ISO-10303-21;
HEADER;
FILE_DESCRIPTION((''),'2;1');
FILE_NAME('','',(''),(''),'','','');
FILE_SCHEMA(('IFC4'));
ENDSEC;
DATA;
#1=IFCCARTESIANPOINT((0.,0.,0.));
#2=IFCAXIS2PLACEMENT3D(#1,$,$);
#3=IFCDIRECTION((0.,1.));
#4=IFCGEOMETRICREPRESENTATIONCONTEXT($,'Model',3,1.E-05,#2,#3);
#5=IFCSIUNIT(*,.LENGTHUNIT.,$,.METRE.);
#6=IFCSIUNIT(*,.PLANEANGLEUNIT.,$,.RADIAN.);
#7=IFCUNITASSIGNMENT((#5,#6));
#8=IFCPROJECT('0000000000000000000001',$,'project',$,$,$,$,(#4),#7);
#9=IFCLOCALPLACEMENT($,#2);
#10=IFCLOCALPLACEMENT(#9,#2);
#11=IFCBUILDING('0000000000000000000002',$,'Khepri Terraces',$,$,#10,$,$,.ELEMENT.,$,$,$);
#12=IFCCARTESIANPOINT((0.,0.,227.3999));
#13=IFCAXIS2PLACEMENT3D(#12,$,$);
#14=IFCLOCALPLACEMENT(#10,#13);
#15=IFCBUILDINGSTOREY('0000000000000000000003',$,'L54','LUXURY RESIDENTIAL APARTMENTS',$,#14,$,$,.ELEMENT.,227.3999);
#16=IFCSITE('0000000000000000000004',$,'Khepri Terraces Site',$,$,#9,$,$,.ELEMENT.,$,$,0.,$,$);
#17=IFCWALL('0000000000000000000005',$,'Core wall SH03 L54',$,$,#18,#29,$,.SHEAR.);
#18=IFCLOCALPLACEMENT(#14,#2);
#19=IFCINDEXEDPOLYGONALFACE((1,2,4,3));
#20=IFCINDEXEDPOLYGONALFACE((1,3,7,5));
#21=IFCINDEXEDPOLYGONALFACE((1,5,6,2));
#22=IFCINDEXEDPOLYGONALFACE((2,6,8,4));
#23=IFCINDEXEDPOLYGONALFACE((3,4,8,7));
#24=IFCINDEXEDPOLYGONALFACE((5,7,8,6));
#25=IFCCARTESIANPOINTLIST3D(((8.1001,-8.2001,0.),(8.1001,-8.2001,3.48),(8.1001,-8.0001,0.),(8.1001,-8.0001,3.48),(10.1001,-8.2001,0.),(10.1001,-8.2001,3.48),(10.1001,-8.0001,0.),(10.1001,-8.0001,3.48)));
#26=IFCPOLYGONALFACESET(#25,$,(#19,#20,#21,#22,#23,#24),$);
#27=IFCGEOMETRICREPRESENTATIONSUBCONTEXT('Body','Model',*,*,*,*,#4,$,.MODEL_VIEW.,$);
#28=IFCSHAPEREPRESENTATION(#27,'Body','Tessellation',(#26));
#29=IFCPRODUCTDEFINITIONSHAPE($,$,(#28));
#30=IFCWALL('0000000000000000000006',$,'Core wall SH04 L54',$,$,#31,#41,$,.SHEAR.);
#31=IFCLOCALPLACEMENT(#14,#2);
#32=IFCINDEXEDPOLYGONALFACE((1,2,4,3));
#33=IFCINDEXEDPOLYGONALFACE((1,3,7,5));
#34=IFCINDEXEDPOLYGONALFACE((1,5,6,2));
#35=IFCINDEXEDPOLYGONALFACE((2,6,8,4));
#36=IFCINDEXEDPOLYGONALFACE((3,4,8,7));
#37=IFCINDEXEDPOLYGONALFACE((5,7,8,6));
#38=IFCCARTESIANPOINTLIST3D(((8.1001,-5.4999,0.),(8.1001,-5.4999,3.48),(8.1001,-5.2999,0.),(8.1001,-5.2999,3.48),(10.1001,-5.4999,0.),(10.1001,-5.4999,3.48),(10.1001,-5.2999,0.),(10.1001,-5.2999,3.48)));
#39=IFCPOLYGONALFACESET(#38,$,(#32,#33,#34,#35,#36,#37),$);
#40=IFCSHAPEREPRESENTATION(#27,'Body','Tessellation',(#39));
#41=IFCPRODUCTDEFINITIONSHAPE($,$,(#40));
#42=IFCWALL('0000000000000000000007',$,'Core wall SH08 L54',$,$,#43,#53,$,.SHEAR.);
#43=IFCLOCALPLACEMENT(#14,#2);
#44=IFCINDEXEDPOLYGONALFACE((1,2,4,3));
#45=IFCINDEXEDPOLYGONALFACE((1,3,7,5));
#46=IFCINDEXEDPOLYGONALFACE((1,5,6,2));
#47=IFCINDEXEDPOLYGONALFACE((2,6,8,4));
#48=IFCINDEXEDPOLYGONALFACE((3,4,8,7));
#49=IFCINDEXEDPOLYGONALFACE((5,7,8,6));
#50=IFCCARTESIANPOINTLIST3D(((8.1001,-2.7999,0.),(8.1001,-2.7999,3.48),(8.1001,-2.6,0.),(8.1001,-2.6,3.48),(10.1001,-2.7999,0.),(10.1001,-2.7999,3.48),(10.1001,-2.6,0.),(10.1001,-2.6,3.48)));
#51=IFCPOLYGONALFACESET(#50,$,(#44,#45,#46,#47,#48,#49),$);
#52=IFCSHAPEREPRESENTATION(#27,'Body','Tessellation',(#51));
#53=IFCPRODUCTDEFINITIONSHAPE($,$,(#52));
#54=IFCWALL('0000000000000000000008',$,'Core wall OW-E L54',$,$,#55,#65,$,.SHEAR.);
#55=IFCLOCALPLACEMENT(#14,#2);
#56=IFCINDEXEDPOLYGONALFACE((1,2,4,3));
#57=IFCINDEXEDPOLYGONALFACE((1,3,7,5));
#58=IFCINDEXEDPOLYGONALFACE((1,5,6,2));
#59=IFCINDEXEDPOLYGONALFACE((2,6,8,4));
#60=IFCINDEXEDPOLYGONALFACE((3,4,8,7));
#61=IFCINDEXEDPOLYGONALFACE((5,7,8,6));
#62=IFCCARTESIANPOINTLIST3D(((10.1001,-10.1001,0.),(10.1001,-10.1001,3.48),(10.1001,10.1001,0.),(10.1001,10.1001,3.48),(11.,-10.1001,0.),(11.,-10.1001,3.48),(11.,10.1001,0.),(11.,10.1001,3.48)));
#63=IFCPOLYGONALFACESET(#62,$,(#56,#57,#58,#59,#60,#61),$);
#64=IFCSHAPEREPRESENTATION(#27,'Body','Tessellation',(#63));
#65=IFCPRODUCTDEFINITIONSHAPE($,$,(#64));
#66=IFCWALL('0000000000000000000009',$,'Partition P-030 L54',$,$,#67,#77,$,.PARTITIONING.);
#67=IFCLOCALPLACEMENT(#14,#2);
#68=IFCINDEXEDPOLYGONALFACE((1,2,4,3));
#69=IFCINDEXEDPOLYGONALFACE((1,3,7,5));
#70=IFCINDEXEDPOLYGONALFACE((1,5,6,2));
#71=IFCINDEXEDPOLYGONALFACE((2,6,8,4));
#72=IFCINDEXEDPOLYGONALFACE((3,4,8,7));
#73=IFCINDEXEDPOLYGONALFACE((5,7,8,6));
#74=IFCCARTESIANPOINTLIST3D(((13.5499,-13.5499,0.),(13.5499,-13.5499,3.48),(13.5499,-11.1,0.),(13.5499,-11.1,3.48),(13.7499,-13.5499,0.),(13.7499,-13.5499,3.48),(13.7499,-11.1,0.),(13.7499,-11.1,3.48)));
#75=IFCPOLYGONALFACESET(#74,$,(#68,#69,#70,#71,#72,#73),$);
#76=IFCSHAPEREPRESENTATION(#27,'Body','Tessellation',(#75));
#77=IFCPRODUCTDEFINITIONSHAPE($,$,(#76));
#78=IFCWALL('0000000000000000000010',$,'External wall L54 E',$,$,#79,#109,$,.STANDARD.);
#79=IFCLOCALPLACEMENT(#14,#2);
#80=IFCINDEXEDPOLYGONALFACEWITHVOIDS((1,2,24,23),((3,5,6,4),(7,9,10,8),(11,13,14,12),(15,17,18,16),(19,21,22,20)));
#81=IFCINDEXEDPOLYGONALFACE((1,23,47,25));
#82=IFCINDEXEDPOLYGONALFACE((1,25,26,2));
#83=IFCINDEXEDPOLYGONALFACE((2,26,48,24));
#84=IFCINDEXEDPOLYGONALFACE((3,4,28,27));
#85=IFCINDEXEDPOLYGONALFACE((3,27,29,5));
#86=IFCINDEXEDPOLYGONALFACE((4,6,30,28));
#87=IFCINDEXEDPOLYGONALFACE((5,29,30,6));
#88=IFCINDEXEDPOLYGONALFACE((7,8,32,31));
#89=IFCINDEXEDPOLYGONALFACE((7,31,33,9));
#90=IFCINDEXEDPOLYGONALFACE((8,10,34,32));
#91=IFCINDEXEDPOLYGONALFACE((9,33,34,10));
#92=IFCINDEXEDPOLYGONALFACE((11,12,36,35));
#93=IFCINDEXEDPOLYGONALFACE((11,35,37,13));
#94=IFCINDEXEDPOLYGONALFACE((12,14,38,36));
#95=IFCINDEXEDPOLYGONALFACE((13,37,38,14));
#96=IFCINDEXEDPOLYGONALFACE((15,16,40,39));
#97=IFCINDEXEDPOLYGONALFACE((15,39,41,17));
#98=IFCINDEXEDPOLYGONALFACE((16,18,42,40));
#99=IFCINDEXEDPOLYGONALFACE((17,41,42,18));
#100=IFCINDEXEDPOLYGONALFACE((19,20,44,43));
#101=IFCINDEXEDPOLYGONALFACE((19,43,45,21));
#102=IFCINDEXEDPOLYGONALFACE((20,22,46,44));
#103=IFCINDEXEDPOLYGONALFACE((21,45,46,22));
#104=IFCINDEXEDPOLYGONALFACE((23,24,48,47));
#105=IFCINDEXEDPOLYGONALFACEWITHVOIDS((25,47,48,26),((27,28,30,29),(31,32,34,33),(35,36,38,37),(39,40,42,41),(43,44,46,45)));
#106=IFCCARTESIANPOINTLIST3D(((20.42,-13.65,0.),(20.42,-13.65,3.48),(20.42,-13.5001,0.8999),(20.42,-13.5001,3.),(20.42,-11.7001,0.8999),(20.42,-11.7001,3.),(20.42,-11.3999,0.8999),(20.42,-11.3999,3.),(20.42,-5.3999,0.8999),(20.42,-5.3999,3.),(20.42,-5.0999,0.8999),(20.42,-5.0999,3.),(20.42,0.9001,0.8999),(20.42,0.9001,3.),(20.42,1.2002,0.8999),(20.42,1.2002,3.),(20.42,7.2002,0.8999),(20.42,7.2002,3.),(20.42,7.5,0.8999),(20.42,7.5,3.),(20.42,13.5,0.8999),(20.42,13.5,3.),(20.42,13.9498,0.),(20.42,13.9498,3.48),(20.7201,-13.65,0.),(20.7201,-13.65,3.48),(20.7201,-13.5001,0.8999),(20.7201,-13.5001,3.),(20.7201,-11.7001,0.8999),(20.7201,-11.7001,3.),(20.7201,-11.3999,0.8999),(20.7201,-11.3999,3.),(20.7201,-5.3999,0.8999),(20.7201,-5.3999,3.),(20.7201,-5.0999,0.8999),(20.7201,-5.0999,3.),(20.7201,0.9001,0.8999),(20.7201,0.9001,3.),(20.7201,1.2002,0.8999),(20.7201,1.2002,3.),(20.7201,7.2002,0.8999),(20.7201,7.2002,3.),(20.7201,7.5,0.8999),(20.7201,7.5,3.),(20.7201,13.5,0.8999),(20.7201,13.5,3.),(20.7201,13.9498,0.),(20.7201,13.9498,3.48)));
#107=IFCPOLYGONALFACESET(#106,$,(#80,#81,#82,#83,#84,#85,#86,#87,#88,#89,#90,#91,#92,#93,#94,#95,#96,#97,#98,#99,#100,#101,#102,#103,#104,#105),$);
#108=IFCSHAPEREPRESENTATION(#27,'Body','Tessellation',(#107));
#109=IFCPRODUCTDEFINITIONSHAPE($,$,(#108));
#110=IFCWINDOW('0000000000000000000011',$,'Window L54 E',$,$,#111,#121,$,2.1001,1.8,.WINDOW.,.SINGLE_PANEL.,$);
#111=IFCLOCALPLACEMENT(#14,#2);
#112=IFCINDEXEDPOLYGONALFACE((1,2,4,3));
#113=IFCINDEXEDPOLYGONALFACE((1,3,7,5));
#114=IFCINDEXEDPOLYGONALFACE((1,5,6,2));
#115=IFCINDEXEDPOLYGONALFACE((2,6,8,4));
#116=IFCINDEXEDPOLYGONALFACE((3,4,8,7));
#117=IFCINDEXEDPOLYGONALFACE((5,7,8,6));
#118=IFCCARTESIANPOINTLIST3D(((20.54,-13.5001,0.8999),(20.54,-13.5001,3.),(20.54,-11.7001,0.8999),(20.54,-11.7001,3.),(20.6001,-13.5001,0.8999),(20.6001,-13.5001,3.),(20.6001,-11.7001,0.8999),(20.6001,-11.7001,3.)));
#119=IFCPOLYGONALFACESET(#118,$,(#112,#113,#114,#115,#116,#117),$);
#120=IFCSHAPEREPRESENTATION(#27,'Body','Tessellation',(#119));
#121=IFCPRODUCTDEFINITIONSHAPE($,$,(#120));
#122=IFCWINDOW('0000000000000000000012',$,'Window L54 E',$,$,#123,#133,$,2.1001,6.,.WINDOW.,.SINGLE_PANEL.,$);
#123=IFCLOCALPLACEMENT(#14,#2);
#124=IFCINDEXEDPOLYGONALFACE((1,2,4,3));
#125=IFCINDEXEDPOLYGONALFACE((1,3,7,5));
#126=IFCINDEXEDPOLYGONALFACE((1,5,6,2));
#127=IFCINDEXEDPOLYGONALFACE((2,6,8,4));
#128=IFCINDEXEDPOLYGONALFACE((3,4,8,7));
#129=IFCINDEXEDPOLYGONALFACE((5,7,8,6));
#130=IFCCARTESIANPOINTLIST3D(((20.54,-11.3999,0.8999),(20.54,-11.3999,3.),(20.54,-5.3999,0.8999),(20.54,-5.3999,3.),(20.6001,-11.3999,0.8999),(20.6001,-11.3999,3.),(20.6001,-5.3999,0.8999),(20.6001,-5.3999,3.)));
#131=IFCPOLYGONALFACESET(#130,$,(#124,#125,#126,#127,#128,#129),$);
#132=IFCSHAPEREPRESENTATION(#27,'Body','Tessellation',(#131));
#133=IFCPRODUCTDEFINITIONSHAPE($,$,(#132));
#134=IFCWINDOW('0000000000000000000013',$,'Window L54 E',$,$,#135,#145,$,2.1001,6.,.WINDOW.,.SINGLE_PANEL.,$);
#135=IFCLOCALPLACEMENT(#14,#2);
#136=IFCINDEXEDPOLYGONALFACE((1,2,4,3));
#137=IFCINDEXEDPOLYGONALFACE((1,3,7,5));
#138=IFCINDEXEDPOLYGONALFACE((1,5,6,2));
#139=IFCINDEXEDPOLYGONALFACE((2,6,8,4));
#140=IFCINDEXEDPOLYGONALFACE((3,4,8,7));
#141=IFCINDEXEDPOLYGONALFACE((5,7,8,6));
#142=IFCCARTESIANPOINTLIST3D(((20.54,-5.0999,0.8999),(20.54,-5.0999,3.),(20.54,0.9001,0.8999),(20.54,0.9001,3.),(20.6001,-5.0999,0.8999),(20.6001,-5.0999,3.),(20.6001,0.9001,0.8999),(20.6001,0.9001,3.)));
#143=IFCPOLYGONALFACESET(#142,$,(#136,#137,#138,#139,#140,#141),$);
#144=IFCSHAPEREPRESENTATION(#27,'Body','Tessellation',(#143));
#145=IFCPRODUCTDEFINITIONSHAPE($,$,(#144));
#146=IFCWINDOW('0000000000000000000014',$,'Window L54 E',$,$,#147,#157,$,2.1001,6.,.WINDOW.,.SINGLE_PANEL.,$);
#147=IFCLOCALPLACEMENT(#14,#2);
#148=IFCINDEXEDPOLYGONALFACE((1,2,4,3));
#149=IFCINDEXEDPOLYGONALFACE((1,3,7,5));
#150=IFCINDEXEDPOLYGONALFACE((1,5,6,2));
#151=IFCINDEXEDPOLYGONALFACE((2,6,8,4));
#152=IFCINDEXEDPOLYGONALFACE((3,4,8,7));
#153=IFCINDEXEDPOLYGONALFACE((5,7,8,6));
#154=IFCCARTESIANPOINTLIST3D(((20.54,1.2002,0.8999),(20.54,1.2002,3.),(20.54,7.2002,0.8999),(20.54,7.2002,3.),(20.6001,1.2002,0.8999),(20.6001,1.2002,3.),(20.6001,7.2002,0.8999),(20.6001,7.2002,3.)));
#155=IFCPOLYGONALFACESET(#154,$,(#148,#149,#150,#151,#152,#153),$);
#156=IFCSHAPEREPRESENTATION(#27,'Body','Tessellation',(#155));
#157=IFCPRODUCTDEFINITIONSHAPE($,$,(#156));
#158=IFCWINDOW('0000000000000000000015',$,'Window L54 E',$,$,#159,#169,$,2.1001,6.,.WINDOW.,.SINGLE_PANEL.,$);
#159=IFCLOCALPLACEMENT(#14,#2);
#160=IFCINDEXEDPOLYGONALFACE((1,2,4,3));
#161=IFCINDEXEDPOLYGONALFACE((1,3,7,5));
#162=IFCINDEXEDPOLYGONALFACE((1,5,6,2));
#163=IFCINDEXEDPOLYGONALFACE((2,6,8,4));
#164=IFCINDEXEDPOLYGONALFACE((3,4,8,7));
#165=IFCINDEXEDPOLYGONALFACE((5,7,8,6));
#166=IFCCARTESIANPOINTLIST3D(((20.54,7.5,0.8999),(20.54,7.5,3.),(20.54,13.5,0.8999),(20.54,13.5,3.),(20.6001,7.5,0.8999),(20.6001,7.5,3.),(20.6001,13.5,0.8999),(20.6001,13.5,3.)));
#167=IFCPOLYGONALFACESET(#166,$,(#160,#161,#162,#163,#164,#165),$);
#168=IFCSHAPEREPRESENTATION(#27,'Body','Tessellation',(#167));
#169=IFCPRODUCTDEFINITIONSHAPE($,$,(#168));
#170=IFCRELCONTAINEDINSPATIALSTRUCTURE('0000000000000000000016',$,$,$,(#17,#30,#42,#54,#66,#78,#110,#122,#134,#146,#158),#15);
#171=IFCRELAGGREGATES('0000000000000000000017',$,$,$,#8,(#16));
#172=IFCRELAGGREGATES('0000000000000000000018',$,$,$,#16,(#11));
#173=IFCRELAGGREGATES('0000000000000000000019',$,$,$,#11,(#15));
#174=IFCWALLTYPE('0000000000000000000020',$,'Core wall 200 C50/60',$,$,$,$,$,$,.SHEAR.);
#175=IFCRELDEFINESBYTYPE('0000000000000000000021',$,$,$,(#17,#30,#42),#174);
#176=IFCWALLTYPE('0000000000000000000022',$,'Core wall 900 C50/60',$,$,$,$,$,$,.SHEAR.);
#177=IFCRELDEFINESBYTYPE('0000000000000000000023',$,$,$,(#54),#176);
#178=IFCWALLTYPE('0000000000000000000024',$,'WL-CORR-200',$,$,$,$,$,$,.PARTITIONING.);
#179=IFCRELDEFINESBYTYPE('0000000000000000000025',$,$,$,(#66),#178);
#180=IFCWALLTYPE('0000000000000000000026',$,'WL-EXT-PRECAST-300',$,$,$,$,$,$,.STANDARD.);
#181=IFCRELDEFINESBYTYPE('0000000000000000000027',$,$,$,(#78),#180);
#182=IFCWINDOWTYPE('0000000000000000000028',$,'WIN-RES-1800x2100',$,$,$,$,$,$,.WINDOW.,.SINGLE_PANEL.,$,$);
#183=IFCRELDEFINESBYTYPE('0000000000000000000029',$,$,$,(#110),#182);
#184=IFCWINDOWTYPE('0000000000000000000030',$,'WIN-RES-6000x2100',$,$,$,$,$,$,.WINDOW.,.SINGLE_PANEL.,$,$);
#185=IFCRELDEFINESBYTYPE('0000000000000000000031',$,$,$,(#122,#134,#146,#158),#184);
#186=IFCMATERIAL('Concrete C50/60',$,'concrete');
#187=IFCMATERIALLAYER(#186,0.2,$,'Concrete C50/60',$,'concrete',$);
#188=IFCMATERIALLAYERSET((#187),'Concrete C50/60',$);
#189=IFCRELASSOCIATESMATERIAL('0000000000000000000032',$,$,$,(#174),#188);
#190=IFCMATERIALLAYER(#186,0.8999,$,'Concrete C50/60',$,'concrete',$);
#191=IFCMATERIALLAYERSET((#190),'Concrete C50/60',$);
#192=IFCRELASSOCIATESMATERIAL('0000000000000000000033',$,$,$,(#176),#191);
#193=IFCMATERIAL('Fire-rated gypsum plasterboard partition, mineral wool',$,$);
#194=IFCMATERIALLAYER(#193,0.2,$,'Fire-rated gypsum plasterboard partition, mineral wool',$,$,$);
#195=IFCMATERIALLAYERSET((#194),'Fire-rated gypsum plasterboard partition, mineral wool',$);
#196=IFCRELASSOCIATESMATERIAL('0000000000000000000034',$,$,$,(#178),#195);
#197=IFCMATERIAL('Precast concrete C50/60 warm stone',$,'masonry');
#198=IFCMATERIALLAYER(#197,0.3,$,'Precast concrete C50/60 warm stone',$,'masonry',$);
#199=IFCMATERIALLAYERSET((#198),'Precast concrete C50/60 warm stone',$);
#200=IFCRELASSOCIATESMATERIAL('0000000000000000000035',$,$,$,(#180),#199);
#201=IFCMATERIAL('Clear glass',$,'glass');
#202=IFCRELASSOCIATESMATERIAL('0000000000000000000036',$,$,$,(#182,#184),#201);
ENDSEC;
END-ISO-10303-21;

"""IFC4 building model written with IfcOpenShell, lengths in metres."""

from ifc_helpers import new_model, si_unit, direction, frame, frame_2d, origin, place, context, subcontext, project, spatial, rectangle, extrude, material, layer, layer_set, type_object, element, fill, save


model = new_model("IFC4")

# Units and contexts
model_context = context("Model", 3, precision=1e-05, world=origin(), true_north=direction((0.0, 1.0)))
body_context = subcontext(model_context, "Body", "Model", "MODEL_VIEW")
ifc_project = project(units=[si_unit("LENGTHUNIT", "METRE"), si_unit("PLANEANGLEUNIT", "RADIAN")], contexts=[model_context])

# Site, building, storey
site_placement = place(None, origin())
site = spatial("IfcSite", under=ifc_project, at=site_placement, Name="Khepri Terraces Site", CompositionType="ELEMENT", RefElevation=0.0)
building_placement = place(site_placement, origin())
building = spatial("IfcBuilding", under=site, at=building_placement, Name="Khepri Terraces", CompositionType="ELEMENT")
storey_placement = place(building_placement, frame((0.0, 0.0, 227.3999)))
storey = spatial("IfcBuildingStorey", under=building, at=storey_placement, Name="L54", Description="LUXURY RESIDENTIAL APARTMENTS", CompositionType="ELEMENT", Elevation=227.3999)

# Walls
ifc_material_1 = material(Name="Concrete C50/60", Category="concrete")
ifc_layer_1 = layer(ifc_material_1, 0.2, Name="Concrete C50/60", Category="concrete")
ifc_layer_set_1 = layer_set([ifc_layer_1], Name="Concrete C50/60")
wall_type_1 = type_object("IfcWallType", Name="Core wall 200 C50/60", PredefinedType="SHEAR", material=ifc_layer_set_1)
for number, where, z_axis, x_axis, name in (
    (1, (8.1001, -8.1001, 0.0), (0.0, 0.0, 1.0), (1.0, 0.0, 0.0), "Core wall SH03 L54"),
    (2, (8.1001, -5.3999, 0.0), (0.0, 0.0, 1.0), (1.0, 0.0, 0.0), "Core wall SH04 L54"),
    (3, (8.1001, -2.7, 0.0), (0.0, 0.0, 1.0), (1.0, 0.0, 0.0), "Core wall SH08 L54"),
):
    element("IfcWall", number, at=place(storey_placement, frame(where, z_axis=z_axis, x_axis=x_axis)), inside=storey, type_object=wall_type_1, Name=name, PredefinedType="SHEAR", context=body_context, shape_type="SweptSolid", body=[
        extrude(rectangle(XDim=2.0, YDim=0.2, at=frame_2d((1.0, 0.0))), origin(), (0.0, 0.0, 1.0), 3.48),
    ])
ifc_layer_2 = layer(ifc_material_1, 0.8999, Name="Concrete C50/60", Category="concrete")
ifc_layer_set_2 = layer_set([ifc_layer_2], Name="Concrete C50/60")
wall_type_2 = type_object("IfcWallType", Name="Core wall 900 C50/60", PredefinedType="SHEAR", material=ifc_layer_set_2)
wall_1_placement = place(storey_placement, frame((10.55, -10.1001, 0.0), z_axis=(0.0, 0.0, 1.0), x_axis=(0.0, 1.0, 0.0)))
element("IfcWall", 4, at=wall_1_placement, inside=storey, type_object=wall_type_2, Name="Core wall OW-E L54", PredefinedType="SHEAR", context=body_context, shape_type="SweptSolid", body=[
    extrude(rectangle(XDim=20.2002, YDim=0.8999, at=frame_2d((10.1001, 0.0))), origin(), (0.0, 0.0, 1.0), 3.48),
])
ifc_material_2 = material(Name="Fire-rated gypsum plasterboard partition, mineral wool")
ifc_layer_3 = layer(ifc_material_2, 0.2, Name="Fire-rated gypsum plasterboard partition, mineral wool")
ifc_layer_set_3 = layer_set([ifc_layer_3], Name="Fire-rated gypsum plasterboard partition, mineral wool")
wall_type_3 = type_object("IfcWallType", Name="WL-CORR-200", PredefinedType="PARTITIONING", material=ifc_layer_set_3)
wall_2_placement = place(storey_placement, frame((13.6499, -13.55, 0.0), z_axis=(0.0, 0.0, 1.0), x_axis=(0.0, 1.0, 0.0)))
element("IfcWall", 5, at=wall_2_placement, inside=storey, type_object=wall_type_3, Name="Partition P-030 L54", PredefinedType="PARTITIONING", context=body_context, shape_type="SweptSolid", body=[
    extrude(rectangle(XDim=2.45, YDim=0.2, at=frame_2d((1.2251, 0.0))), origin(), (0.0, 0.0, 1.0), 3.48),
])

# Shared definitions
ifc_material_3 = material(Name="Precast concrete C50/60 warm stone", Category="masonry")
ifc_layer_4 = layer(ifc_material_3, 0.3, Name="Precast concrete C50/60 warm stone", Category="masonry")
ifc_layer_set_4 = layer_set([ifc_layer_4], Name="Precast concrete C50/60 warm stone")
wall_type_4 = type_object("IfcWallType", Name="WL-EXT-PRECAST-300", PredefinedType="STANDARD", material=ifc_layer_set_4)

# Wall, openings, windows
wall_3_placement = place(storey_placement, frame((20.5701, -13.6499, 0.0), z_axis=(0.0, 0.0, 1.0), x_axis=(0.0, 1.0, 0.0)))
wall_3 = element("IfcWall", 6, at=wall_3_placement, inside=storey, type_object=wall_type_4, Name="External wall L54 E", PredefinedType="STANDARD", context=body_context, shape_type="SweptSolid", body=[
    extrude(rectangle(XDim=27.5999, YDim=0.3, at=frame_2d((13.7998, 0.0))), origin(), (0.0, 0.0, 1.0), 3.48),
])
opening_1_placement = place(wall_3_placement, frame((0.1499, 0.0, 0.8999)))
opening_1 = element("IfcOpeningElement", 7, at=opening_1_placement, cuts=wall_3, PredefinedType="OPENING", context=body_context, shape_type="SweptSolid", body=[
    extrude(rectangle(XDim=1.8, YDim=2.1001, at=frame_2d((0.8999, 1.05))), frame((0.0, 0.1602, 0.0), z_axis=(0.0, -1.0, 0.0), x_axis=(1.0, 0.0, 0.0)), (0.0, 0.0, 1.0), 0.3201),
])
opening_2_placement = place(wall_3_placement, frame((2.25, 0.0, 0.8999)))
opening_2 = element("IfcOpeningElement", 8, at=opening_2_placement, cuts=wall_3, PredefinedType="OPENING", context=body_context, shape_type="SweptSolid", body=[
    extrude(rectangle(XDim=6.0, YDim=2.1001, at=frame_2d((3.0, 1.05))), frame((0.0, 0.1602, 0.0), z_axis=(0.0, -1.0, 0.0), x_axis=(1.0, 0.0, 0.0)), (0.0, 0.0, 1.0), 0.3201),
])
opening_3_placement = place(wall_3_placement, frame((8.55, 0.0, 0.8999)))
opening_3 = element("IfcOpeningElement", 9, at=opening_3_placement, cuts=wall_3, PredefinedType="OPENING", context=body_context, shape_type="SweptSolid", body=[
    extrude(rectangle(XDim=6.0, YDim=2.1001, at=frame_2d((3.0, 1.05))), frame((0.0, 0.1602, 0.0), z_axis=(0.0, -1.0, 0.0), x_axis=(1.0, 0.0, 0.0)), (0.0, 0.0, 1.0), 0.3201),
])
opening_4_placement = place(wall_3_placement, frame((14.8501, 0.0, 0.8999)))
opening_4 = element("IfcOpeningElement", 10, at=opening_4_placement, cuts=wall_3, PredefinedType="OPENING", context=body_context, shape_type="SweptSolid", body=[
    extrude(rectangle(XDim=6.0, YDim=2.1001, at=frame_2d((3.0, 1.05))), frame((0.0, 0.1602, 0.0), z_axis=(0.0, -1.0, 0.0), x_axis=(1.0, 0.0, 0.0)), (0.0, 0.0, 1.0), 0.3201),
])
opening_5_placement = place(wall_3_placement, frame((21.1499, 0.0, 0.8999)))
opening_5 = element("IfcOpeningElement", 11, at=opening_5_placement, cuts=wall_3, PredefinedType="OPENING", context=body_context, shape_type="SweptSolid", body=[
    extrude(rectangle(XDim=6.0, YDim=2.1001, at=frame_2d((3.0, 1.05))), frame((0.0, 0.1602, 0.0), z_axis=(0.0, -1.0, 0.0), x_axis=(1.0, 0.0, 0.0)), (0.0, 0.0, 1.0), 0.3201),
])
ifc_material_4 = material(Name="Clear glass", Category="glass")
window_type_1 = type_object("IfcWindowType", Name="WIN-RES-1800x2100", PartitioningType="SINGLE_PANEL", PredefinedType="WINDOW", material=ifc_material_4)
window_1_placement = place(opening_1_placement, origin())
window_1 = element("IfcWindow", 12, at=window_1_placement, inside=storey, type_object=window_type_1, Name="Window L54 E", OverallHeight=2.1001, OverallWidth=1.8, PartitioningType="SINGLE_PANEL", PredefinedType="WINDOW", context=body_context, shape_type="SweptSolid", body=[
    extrude(rectangle(XDim=1.8, YDim=2.1001, at=frame_2d((0.8999, 1.05))), frame((0.0, 0.03, 0.0), z_axis=(0.0, -1.0, 0.0), x_axis=(1.0, 0.0, 0.0)), (0.0, 0.0, 1.0), 0.0601),
])
fill(opening_1, window_1)
window_type_2 = type_object("IfcWindowType", Name="WIN-RES-6000x2100", PartitioningType="SINGLE_PANEL", PredefinedType="WINDOW", material=ifc_material_4)
window_2_placement = place(opening_2_placement, origin())
window_2 = element("IfcWindow", 13, at=window_2_placement, inside=storey, type_object=window_type_2, Name="Window L54 E", OverallHeight=2.1001, OverallWidth=6.0, PartitioningType="SINGLE_PANEL", PredefinedType="WINDOW", context=body_context, shape_type="SweptSolid", body=[
    extrude(rectangle(XDim=6.0, YDim=2.1001, at=frame_2d((3.0, 1.05))), frame((0.0, 0.03, 0.0), z_axis=(0.0, -1.0, 0.0), x_axis=(1.0, 0.0, 0.0)), (0.0, 0.0, 1.0), 0.0601),
])
fill(opening_2, window_2)
window_3_placement = place(opening_3_placement, origin())
window_3 = element("IfcWindow", 14, at=window_3_placement, inside=storey, type_object=window_type_2, Name="Window L54 E", OverallHeight=2.1001, OverallWidth=6.0, PartitioningType="SINGLE_PANEL", PredefinedType="WINDOW", context=body_context, shape_type="SweptSolid", body=[
    extrude(rectangle(XDim=6.0, YDim=2.1001, at=frame_2d((3.0, 1.05))), frame((0.0, 0.03, 0.0), z_axis=(0.0, -1.0, 0.0), x_axis=(1.0, 0.0, 0.0)), (0.0, 0.0, 1.0), 0.0601),
])
fill(opening_3, window_3)
window_4_placement = place(opening_4_placement, origin())
window_4 = element("IfcWindow", 15, at=window_4_placement, inside=storey, type_object=window_type_2, Name="Window L54 E", OverallHeight=2.1001, OverallWidth=6.0, PartitioningType="SINGLE_PANEL", PredefinedType="WINDOW", context=body_context, shape_type="SweptSolid", body=[
    extrude(rectangle(XDim=6.0, YDim=2.1001, at=frame_2d((3.0, 1.05))), frame((0.0, 0.03, 0.0), z_axis=(0.0, -1.0, 0.0), x_axis=(1.0, 0.0, 0.0)), (0.0, 0.0, 1.0), 0.0601),
])
fill(opening_4, window_4)
window_5_placement = place(opening_5_placement, origin())
window_5 = element("IfcWindow", 16, at=window_5_placement, inside=storey, type_object=window_type_2, Name="Window L54 E", OverallHeight=2.1001, OverallWidth=6.0, PartitioningType="SINGLE_PANEL", PredefinedType="WINDOW", context=body_context, shape_type="SweptSolid", body=[
    extrude(rectangle(XDim=6.0, YDim=2.1001, at=frame_2d((3.0, 1.05))), frame((0.0, 0.03, 0.0), z_axis=(0.0, -1.0, 0.0), x_axis=(1.0, 0.0, 0.0)), (0.0, 0.0, 1.0), 0.0601),
])
fill(opening_5, window_5)

save(model, "model.ifc")
